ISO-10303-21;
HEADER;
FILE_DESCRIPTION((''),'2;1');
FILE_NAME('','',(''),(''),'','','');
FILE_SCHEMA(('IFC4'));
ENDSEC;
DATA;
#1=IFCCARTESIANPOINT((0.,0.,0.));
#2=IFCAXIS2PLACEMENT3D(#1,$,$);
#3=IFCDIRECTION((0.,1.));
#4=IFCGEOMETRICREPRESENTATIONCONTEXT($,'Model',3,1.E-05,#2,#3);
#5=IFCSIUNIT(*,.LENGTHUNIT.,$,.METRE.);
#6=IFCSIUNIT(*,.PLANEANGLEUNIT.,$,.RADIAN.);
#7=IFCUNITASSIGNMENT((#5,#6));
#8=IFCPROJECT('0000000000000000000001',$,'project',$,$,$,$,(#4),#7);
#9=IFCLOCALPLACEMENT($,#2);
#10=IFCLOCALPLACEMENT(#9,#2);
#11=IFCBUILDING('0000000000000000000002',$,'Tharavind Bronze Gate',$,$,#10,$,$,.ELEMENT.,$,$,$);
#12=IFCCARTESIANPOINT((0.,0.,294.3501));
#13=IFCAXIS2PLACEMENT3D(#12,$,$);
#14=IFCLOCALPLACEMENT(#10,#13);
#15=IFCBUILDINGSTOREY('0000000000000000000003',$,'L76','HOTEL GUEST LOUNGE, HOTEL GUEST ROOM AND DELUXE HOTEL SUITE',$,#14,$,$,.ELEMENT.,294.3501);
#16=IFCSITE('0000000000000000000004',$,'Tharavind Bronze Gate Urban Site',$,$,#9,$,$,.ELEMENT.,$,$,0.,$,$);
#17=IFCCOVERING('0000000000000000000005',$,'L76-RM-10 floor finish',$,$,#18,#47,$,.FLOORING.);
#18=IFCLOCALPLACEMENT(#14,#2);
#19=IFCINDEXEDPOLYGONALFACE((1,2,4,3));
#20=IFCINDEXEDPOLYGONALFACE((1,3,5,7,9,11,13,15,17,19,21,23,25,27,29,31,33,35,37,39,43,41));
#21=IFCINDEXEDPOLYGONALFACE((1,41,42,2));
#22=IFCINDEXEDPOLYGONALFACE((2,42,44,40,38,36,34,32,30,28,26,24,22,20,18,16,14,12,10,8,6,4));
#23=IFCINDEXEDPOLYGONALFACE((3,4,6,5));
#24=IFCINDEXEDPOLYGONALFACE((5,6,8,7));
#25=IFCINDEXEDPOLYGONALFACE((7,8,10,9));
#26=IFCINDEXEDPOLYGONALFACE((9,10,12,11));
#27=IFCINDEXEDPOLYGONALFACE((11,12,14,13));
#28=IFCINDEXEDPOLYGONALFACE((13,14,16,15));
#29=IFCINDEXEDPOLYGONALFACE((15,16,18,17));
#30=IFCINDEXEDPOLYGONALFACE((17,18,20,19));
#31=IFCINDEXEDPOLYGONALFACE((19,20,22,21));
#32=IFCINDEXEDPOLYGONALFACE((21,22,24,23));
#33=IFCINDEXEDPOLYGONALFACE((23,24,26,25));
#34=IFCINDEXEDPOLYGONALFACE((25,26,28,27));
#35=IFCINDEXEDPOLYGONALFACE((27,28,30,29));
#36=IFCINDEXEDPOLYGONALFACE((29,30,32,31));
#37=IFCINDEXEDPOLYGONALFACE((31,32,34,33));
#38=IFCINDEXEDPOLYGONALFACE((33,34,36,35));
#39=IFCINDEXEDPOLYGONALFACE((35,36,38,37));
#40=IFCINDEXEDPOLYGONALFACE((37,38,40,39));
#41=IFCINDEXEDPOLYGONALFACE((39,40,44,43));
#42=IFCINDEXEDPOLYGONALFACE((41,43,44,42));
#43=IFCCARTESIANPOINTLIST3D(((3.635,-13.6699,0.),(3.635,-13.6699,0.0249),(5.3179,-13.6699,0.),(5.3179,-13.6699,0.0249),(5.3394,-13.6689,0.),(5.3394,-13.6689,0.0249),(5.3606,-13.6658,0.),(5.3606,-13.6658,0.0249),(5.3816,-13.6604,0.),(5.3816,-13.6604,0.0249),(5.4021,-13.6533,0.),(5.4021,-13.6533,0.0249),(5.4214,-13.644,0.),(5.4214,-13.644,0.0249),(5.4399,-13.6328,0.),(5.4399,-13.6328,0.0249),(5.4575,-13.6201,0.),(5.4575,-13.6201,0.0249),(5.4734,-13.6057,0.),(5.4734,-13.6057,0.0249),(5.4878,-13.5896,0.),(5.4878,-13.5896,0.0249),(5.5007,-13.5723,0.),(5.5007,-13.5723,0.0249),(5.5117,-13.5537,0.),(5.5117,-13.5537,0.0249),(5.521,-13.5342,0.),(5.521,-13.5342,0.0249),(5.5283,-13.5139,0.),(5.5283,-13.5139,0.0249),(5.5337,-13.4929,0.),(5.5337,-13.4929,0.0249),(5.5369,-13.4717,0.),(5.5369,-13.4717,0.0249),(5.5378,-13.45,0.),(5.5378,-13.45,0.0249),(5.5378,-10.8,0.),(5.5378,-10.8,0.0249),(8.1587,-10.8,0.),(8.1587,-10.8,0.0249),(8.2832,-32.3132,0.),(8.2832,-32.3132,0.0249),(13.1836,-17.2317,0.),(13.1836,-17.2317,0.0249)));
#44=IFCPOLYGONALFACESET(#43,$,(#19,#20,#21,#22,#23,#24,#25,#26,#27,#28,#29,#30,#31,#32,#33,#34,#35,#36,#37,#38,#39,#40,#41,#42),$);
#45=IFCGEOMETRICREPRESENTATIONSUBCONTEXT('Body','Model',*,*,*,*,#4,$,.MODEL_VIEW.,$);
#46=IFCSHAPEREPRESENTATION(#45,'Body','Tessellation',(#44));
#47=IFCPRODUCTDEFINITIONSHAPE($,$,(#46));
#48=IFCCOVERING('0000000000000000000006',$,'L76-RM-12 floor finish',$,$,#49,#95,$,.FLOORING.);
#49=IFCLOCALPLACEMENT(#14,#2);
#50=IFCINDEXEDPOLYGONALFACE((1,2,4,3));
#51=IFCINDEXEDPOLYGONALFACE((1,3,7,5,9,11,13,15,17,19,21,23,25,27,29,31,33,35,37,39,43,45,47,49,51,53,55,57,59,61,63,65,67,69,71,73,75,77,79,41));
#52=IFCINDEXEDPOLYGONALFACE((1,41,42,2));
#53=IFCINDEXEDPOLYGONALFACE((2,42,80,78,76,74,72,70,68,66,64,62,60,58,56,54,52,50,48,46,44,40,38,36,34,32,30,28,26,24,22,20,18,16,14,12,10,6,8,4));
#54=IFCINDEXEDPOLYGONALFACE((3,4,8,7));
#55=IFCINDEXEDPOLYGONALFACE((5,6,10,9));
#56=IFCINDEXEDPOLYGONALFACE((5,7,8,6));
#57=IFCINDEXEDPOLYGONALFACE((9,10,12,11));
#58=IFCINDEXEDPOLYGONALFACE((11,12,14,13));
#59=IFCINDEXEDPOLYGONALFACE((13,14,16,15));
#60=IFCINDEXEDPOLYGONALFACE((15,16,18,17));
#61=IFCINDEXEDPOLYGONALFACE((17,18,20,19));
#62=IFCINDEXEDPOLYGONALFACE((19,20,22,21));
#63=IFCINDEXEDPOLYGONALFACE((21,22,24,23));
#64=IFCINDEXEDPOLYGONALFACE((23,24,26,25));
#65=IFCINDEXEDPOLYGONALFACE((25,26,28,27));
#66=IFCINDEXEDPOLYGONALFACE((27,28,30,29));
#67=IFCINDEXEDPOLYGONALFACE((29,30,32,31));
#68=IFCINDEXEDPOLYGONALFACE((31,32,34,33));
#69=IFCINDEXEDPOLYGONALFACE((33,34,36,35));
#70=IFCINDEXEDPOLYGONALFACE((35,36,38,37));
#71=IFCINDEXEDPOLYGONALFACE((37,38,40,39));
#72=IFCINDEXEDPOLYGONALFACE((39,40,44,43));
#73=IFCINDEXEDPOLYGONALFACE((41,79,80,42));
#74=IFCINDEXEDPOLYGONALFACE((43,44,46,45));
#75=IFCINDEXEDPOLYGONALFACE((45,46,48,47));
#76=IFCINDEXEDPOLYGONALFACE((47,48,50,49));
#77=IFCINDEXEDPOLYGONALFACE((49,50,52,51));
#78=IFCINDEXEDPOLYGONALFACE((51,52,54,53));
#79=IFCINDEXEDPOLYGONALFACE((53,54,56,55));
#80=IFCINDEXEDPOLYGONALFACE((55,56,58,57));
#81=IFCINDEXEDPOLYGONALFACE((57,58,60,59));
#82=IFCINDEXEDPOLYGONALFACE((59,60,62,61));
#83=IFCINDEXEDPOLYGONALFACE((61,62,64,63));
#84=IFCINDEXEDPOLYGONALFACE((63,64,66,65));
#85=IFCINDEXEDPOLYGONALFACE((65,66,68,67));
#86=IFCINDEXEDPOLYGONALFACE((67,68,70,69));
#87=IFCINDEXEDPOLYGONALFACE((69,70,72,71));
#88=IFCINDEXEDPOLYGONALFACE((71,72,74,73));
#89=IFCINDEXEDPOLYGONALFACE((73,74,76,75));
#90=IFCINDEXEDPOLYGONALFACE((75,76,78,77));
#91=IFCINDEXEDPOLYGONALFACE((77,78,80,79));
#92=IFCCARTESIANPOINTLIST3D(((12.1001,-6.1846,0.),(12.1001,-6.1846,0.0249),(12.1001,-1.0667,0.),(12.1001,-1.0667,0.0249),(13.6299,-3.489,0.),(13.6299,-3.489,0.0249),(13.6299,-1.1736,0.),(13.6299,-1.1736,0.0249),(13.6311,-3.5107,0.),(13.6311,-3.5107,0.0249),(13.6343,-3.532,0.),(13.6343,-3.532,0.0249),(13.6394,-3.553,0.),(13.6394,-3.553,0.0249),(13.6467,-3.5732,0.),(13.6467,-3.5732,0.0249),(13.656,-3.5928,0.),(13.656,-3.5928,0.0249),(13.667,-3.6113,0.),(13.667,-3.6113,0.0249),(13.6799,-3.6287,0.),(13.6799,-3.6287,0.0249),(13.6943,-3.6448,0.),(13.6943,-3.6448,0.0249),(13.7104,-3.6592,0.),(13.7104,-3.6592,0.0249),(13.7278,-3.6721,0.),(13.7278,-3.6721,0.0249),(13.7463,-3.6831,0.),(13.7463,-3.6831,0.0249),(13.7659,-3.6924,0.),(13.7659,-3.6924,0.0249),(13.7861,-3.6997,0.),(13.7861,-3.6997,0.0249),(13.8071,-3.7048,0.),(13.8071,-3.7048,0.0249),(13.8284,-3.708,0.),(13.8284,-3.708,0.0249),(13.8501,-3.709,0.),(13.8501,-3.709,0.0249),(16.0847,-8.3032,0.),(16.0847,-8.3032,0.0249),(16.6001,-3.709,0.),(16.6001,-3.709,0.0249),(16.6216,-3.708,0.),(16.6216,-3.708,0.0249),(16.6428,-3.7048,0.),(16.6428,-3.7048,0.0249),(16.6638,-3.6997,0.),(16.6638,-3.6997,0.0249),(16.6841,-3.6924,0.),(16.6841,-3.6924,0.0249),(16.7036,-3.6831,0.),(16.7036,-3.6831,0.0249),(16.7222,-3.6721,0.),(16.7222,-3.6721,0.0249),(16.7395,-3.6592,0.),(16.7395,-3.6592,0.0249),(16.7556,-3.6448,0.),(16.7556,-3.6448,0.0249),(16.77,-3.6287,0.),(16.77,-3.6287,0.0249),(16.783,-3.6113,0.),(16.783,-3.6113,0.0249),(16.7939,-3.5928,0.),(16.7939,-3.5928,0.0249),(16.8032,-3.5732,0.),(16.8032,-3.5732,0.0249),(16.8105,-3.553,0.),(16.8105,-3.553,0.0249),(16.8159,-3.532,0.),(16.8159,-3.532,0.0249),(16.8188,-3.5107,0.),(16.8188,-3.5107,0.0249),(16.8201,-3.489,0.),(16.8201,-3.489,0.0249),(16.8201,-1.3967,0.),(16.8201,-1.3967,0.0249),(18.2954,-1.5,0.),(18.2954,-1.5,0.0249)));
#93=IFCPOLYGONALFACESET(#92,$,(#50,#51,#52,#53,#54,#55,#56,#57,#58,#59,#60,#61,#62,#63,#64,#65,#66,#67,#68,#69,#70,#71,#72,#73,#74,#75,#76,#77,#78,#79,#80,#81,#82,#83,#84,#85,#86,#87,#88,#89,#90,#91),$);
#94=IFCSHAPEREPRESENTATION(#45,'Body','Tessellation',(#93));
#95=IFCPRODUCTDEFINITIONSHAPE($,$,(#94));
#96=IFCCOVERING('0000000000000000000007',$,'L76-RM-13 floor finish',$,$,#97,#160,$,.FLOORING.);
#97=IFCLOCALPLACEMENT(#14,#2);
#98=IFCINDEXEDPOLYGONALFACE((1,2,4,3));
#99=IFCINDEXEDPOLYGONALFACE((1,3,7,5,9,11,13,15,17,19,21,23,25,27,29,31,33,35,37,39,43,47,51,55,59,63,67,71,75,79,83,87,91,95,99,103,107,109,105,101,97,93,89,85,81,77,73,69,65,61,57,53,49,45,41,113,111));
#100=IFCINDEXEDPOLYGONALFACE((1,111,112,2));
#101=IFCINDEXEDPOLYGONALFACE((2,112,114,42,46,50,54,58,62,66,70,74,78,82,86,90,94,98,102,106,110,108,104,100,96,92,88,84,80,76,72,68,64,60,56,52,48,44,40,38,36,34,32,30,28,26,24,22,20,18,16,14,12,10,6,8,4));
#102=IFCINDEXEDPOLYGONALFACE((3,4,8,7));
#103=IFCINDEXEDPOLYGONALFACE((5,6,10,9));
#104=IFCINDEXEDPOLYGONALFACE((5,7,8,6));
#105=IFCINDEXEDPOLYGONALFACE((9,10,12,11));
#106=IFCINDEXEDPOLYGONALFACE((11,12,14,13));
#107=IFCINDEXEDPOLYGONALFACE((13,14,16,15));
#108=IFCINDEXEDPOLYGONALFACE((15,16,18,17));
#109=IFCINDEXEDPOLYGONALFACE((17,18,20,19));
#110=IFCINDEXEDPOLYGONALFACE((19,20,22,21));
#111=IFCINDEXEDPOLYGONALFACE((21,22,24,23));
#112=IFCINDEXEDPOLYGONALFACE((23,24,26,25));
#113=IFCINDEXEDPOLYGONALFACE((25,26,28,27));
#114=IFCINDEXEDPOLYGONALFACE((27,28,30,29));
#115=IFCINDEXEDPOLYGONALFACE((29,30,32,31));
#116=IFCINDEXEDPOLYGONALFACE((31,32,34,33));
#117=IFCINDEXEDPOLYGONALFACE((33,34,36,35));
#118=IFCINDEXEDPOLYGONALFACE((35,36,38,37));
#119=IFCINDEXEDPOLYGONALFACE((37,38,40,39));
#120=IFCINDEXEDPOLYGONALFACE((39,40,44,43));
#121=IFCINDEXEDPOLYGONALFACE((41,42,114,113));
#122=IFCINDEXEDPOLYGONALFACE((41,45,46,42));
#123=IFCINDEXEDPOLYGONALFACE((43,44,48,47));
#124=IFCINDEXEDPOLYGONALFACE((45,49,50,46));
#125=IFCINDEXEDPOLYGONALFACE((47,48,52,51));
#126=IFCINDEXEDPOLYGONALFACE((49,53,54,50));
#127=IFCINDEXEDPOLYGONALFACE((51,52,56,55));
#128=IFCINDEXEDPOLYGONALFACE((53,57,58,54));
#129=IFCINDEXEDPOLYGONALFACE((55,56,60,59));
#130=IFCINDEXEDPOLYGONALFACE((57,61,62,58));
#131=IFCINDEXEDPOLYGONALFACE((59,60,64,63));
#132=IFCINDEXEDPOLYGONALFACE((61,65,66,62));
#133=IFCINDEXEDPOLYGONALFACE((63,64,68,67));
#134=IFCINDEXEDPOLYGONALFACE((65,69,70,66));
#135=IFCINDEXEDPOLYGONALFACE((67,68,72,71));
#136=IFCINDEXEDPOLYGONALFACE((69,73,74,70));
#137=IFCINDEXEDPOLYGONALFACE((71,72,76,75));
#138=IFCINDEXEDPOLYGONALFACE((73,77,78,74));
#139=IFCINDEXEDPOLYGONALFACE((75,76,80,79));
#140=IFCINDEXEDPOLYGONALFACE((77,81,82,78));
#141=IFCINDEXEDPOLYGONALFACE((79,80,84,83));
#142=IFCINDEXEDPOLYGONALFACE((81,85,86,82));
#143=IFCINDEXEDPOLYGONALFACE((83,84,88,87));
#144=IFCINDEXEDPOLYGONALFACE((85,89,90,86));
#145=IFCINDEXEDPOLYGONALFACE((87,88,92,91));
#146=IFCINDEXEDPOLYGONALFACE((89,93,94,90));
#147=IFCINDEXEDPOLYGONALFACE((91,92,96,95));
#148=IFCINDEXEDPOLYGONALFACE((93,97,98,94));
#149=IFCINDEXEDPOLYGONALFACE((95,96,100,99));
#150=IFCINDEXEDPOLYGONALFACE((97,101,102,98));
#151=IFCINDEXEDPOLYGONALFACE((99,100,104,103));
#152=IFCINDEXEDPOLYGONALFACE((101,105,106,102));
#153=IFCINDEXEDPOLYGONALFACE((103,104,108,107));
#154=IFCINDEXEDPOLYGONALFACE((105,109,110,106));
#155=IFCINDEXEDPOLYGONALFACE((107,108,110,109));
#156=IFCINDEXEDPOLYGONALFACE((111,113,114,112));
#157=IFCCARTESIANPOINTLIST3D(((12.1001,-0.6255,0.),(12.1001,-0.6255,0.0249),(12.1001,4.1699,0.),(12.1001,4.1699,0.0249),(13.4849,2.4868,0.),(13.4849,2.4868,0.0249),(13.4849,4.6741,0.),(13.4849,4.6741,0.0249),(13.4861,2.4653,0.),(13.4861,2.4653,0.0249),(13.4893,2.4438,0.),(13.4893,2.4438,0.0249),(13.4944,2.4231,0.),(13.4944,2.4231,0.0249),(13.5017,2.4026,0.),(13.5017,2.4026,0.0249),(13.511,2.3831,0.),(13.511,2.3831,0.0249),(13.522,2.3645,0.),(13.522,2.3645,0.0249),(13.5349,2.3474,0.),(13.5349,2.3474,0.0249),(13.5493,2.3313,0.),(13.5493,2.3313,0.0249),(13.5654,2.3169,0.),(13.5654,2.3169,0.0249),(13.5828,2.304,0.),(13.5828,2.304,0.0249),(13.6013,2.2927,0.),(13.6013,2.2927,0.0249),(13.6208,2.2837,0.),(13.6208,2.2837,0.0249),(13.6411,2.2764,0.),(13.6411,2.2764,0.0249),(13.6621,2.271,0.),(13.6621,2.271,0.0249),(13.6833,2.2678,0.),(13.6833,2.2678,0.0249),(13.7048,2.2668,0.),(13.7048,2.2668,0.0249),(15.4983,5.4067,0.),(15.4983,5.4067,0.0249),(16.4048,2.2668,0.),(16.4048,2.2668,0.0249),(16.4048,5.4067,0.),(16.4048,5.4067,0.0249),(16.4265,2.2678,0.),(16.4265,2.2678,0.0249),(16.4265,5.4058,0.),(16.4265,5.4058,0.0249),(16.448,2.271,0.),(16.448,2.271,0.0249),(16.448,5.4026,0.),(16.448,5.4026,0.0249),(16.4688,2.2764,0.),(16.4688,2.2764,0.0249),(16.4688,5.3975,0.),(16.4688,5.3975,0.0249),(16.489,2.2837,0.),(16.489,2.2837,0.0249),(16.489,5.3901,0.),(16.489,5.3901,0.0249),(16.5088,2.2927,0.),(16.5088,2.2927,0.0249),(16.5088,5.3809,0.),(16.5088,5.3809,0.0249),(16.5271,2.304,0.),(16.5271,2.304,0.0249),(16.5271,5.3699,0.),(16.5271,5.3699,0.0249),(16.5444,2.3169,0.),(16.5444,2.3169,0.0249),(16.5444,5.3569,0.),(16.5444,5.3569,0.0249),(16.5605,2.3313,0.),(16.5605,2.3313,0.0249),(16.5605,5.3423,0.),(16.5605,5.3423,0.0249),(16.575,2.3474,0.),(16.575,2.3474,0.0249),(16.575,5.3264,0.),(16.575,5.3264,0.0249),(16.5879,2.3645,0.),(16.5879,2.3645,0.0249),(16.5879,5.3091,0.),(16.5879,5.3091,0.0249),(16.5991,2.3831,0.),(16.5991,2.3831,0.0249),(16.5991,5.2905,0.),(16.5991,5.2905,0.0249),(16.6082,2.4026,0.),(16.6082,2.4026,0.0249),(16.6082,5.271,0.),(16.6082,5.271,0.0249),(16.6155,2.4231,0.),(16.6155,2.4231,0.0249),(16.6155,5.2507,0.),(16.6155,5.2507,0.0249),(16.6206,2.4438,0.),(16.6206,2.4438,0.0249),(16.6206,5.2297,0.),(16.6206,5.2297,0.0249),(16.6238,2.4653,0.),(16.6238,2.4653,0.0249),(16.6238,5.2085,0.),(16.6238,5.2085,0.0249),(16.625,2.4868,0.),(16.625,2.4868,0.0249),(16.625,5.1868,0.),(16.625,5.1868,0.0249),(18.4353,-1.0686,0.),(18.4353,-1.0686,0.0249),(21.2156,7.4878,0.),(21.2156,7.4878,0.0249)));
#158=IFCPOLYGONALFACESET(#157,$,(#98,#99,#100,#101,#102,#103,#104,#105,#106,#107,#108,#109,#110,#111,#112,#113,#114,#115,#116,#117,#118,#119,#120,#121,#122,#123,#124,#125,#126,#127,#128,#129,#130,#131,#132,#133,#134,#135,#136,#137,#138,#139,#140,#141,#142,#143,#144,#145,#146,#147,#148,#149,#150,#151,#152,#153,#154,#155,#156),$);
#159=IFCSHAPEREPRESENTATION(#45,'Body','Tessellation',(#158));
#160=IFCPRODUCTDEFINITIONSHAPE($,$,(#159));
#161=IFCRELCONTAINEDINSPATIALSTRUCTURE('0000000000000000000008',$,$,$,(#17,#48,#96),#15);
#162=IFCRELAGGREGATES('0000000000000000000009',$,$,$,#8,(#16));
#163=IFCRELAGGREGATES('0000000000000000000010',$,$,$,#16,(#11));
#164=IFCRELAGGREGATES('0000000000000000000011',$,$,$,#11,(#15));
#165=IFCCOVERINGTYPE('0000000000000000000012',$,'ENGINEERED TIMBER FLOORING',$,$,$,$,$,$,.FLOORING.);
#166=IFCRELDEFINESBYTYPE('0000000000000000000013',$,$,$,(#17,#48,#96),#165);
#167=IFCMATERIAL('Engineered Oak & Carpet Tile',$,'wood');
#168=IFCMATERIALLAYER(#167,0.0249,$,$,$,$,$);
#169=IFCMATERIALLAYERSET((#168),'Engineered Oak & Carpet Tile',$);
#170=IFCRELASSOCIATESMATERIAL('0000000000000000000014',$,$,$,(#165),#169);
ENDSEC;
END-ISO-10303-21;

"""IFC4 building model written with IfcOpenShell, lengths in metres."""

from ifc_helpers import new_model, si_unit, direction, frame, origin, place, context, subcontext, project, spatial, polyline, outline, extrude, material, layer, layer_set, type_object, element, save


model = new_model("IFC4")

# Units and contexts
model_context = context("Model", 3, precision=1e-05, world=origin(), true_north=direction((0.0, 1.0)))
body_context = subcontext(model_context, "Body", "Model", "MODEL_VIEW")
ifc_project = project(units=[si_unit("LENGTHUNIT", "METRE"), si_unit("PLANEANGLEUNIT", "RADIAN")], contexts=[model_context])

# Site, building, storey
site_placement = place(None, origin())
site = spatial("IfcSite", under=ifc_project, at=site_placement, Name="Tharavind Bronze Gate Urban Site", CompositionType="ELEMENT", RefElevation=0.0)
building_placement = place(site_placement, origin())
building = spatial("IfcBuilding", under=site, at=building_placement, Name="Tharavind Bronze Gate", CompositionType="ELEMENT")
storey_placement = place(building_placement, frame((0.0, 0.0, 294.3501)))
storey = spatial("IfcBuildingStorey", under=building, at=storey_placement, Name="L76", Description="HOTEL GUEST LOUNGE, HOTEL GUEST ROOM AND DELUXE HOTEL SUITE", CompositionType="ELEMENT", Elevation=294.3501)

# Coverings
ifc_material_1 = material(Name="Engineered Oak & Carpet Tile", Category="wood")
ifc_layer_1 = layer(ifc_material_1, 0.0249)
ifc_layer_set_1 = layer_set([ifc_layer_1], Name="Engineered Oak & Carpet Tile")
covering_type_1 = type_object("IfcCoveringType", Name="ENGINEERED TIMBER FLOORING", PredefinedType="FLOORING", material=ifc_layer_set_1)
covering_1_placement = place(storey_placement, origin())
element("IfcCovering", 1, at=covering_1_placement, inside=storey, type_object=covering_type_1, Name="L76-RM-10 floor finish", PredefinedType="FLOORING", context=body_context, shape_type="SweptSolid", body=[
    extrude(outline(polyline([(5.5378, -13.45), (5.5369, -13.4717), (5.5337, -13.4929), (5.5283, -13.5139), (5.521, -13.5342), (5.5117, -13.5537), (5.5007, -13.5723), (5.4878, -13.5896), (5.4734, -13.6057), (5.4575, -13.6201), (5.4399, -13.6328), (5.4214, -13.644), (5.4021, -13.6533), (5.3816, -13.6604), (5.3606, -13.6658), (5.3394, -13.6689), (5.3179, -13.6699), (3.635, -13.6699), (8.2832, -32.3132), (13.1836, -17.2317), (8.1587, -10.8), (5.5378, -10.8), (5.5378, -13.45)])), origin(), (0.0, 0.0, 1.0), 0.0249),
])
covering_2_placement = place(storey_placement, origin())
element("IfcCovering", 2, at=covering_2_placement, inside=storey, type_object=covering_type_1, Name="L76-RM-12 floor finish", PredefinedType="FLOORING", context=body_context, shape_type="SweptSolid", body=[
    extrude(outline(polyline([(12.1001, -6.1846), (16.0847, -8.3032), (18.2954, -1.5), (16.8201, -1.3967), (16.8201, -3.489), (16.8188, -3.5107), (16.8159, -3.532), (16.8105, -3.553), (16.8032, -3.5732), (16.7939, -3.5928), (16.783, -3.6113), (16.77, -3.6287), (16.7556, -3.6448), (16.7395, -3.6592), (16.7222, -3.6721), (16.7036, -3.6831), (16.6841, -3.6924), (16.6638, -3.6997), (16.6428, -3.7048), (16.6216, -3.708), (16.6001, -3.709), (13.8501, -3.709), (13.8284, -3.708), (13.8071, -3.7048), (13.7861, -3.6997), (13.7659, -3.6924), (13.7463, -3.6831), (13.7278, -3.6721), (13.7104, -3.6592), (13.6943, -3.6448), (13.6799, -3.6287), (13.667, -3.6113), (13.656, -3.5928), (13.6467, -3.5732), (13.6394, -3.553), (13.6343, -3.532), (13.6311, -3.5107), (13.6299, -3.489), (13.6299, -1.1736), (12.1001, -1.0667), (12.1001, -6.1846)])), origin(), (0.0, 0.0, 1.0), 0.0249),
])
covering_3_placement = place(storey_placement, origin())
element("IfcCovering", 3, at=covering_3_placement, inside=storey, type_object=covering_type_1, Name="L76-RM-13 floor finish", PredefinedType="FLOORING", context=body_context, shape_type="SweptSolid", body=[
    extrude(outline(polyline([(18.4353, -1.0686), (21.2156, 7.4878), (15.4983, 5.4067), (16.4048, 5.4067), (16.4265, 5.4058), (16.448, 5.4026), (16.4688, 5.3975), (16.489, 5.3901), (16.5088, 5.3809), (16.5271, 5.3699), (16.5444, 5.3569), (16.5605, 5.3423), (16.575, 5.3264), (16.5879, 5.3091), (16.5991, 5.2905), (16.6082, 5.271), (16.6155, 5.2507), (16.6206, 5.2297), (16.6238, 5.2085), (16.625, 5.1868), (16.625, 2.4868), (16.6238, 2.4653), (16.6206, 2.4438), (16.6155, 2.4231), (16.6082, 2.4026), (16.5991, 2.3831), (16.5879, 2.3645), (16.575, 2.3474), (16.5605, 2.3313), (16.5444, 2.3169), (16.5271, 2.304), (16.5088, 2.2927), (16.489, 2.2837), (16.4688, 2.2764), (16.448, 2.271), (16.4265, 2.2678), (16.4048, 2.2668), (13.7048, 2.2668), (13.6833, 2.2678), (13.6621, 2.271), (13.6411, 2.2764), (13.6208, 2.2837), (13.6013, 2.2927), (13.5828, 2.304), (13.5654, 2.3169), (13.5493, 2.3313), (13.5349, 2.3474), (13.522, 2.3645), (13.511, 2.3831), (13.5017, 2.4026), (13.4944, 2.4231), (13.4893, 2.4438), (13.4861, 2.4653), (13.4849, 2.4868), (13.4849, 4.6741), (12.1001, 4.1699), (12.1001, -0.6255), (18.4353, -1.0686)])), origin(), (0.0, 0.0, 1.0), 0.0249),
])

save(model, "model.ifc")
